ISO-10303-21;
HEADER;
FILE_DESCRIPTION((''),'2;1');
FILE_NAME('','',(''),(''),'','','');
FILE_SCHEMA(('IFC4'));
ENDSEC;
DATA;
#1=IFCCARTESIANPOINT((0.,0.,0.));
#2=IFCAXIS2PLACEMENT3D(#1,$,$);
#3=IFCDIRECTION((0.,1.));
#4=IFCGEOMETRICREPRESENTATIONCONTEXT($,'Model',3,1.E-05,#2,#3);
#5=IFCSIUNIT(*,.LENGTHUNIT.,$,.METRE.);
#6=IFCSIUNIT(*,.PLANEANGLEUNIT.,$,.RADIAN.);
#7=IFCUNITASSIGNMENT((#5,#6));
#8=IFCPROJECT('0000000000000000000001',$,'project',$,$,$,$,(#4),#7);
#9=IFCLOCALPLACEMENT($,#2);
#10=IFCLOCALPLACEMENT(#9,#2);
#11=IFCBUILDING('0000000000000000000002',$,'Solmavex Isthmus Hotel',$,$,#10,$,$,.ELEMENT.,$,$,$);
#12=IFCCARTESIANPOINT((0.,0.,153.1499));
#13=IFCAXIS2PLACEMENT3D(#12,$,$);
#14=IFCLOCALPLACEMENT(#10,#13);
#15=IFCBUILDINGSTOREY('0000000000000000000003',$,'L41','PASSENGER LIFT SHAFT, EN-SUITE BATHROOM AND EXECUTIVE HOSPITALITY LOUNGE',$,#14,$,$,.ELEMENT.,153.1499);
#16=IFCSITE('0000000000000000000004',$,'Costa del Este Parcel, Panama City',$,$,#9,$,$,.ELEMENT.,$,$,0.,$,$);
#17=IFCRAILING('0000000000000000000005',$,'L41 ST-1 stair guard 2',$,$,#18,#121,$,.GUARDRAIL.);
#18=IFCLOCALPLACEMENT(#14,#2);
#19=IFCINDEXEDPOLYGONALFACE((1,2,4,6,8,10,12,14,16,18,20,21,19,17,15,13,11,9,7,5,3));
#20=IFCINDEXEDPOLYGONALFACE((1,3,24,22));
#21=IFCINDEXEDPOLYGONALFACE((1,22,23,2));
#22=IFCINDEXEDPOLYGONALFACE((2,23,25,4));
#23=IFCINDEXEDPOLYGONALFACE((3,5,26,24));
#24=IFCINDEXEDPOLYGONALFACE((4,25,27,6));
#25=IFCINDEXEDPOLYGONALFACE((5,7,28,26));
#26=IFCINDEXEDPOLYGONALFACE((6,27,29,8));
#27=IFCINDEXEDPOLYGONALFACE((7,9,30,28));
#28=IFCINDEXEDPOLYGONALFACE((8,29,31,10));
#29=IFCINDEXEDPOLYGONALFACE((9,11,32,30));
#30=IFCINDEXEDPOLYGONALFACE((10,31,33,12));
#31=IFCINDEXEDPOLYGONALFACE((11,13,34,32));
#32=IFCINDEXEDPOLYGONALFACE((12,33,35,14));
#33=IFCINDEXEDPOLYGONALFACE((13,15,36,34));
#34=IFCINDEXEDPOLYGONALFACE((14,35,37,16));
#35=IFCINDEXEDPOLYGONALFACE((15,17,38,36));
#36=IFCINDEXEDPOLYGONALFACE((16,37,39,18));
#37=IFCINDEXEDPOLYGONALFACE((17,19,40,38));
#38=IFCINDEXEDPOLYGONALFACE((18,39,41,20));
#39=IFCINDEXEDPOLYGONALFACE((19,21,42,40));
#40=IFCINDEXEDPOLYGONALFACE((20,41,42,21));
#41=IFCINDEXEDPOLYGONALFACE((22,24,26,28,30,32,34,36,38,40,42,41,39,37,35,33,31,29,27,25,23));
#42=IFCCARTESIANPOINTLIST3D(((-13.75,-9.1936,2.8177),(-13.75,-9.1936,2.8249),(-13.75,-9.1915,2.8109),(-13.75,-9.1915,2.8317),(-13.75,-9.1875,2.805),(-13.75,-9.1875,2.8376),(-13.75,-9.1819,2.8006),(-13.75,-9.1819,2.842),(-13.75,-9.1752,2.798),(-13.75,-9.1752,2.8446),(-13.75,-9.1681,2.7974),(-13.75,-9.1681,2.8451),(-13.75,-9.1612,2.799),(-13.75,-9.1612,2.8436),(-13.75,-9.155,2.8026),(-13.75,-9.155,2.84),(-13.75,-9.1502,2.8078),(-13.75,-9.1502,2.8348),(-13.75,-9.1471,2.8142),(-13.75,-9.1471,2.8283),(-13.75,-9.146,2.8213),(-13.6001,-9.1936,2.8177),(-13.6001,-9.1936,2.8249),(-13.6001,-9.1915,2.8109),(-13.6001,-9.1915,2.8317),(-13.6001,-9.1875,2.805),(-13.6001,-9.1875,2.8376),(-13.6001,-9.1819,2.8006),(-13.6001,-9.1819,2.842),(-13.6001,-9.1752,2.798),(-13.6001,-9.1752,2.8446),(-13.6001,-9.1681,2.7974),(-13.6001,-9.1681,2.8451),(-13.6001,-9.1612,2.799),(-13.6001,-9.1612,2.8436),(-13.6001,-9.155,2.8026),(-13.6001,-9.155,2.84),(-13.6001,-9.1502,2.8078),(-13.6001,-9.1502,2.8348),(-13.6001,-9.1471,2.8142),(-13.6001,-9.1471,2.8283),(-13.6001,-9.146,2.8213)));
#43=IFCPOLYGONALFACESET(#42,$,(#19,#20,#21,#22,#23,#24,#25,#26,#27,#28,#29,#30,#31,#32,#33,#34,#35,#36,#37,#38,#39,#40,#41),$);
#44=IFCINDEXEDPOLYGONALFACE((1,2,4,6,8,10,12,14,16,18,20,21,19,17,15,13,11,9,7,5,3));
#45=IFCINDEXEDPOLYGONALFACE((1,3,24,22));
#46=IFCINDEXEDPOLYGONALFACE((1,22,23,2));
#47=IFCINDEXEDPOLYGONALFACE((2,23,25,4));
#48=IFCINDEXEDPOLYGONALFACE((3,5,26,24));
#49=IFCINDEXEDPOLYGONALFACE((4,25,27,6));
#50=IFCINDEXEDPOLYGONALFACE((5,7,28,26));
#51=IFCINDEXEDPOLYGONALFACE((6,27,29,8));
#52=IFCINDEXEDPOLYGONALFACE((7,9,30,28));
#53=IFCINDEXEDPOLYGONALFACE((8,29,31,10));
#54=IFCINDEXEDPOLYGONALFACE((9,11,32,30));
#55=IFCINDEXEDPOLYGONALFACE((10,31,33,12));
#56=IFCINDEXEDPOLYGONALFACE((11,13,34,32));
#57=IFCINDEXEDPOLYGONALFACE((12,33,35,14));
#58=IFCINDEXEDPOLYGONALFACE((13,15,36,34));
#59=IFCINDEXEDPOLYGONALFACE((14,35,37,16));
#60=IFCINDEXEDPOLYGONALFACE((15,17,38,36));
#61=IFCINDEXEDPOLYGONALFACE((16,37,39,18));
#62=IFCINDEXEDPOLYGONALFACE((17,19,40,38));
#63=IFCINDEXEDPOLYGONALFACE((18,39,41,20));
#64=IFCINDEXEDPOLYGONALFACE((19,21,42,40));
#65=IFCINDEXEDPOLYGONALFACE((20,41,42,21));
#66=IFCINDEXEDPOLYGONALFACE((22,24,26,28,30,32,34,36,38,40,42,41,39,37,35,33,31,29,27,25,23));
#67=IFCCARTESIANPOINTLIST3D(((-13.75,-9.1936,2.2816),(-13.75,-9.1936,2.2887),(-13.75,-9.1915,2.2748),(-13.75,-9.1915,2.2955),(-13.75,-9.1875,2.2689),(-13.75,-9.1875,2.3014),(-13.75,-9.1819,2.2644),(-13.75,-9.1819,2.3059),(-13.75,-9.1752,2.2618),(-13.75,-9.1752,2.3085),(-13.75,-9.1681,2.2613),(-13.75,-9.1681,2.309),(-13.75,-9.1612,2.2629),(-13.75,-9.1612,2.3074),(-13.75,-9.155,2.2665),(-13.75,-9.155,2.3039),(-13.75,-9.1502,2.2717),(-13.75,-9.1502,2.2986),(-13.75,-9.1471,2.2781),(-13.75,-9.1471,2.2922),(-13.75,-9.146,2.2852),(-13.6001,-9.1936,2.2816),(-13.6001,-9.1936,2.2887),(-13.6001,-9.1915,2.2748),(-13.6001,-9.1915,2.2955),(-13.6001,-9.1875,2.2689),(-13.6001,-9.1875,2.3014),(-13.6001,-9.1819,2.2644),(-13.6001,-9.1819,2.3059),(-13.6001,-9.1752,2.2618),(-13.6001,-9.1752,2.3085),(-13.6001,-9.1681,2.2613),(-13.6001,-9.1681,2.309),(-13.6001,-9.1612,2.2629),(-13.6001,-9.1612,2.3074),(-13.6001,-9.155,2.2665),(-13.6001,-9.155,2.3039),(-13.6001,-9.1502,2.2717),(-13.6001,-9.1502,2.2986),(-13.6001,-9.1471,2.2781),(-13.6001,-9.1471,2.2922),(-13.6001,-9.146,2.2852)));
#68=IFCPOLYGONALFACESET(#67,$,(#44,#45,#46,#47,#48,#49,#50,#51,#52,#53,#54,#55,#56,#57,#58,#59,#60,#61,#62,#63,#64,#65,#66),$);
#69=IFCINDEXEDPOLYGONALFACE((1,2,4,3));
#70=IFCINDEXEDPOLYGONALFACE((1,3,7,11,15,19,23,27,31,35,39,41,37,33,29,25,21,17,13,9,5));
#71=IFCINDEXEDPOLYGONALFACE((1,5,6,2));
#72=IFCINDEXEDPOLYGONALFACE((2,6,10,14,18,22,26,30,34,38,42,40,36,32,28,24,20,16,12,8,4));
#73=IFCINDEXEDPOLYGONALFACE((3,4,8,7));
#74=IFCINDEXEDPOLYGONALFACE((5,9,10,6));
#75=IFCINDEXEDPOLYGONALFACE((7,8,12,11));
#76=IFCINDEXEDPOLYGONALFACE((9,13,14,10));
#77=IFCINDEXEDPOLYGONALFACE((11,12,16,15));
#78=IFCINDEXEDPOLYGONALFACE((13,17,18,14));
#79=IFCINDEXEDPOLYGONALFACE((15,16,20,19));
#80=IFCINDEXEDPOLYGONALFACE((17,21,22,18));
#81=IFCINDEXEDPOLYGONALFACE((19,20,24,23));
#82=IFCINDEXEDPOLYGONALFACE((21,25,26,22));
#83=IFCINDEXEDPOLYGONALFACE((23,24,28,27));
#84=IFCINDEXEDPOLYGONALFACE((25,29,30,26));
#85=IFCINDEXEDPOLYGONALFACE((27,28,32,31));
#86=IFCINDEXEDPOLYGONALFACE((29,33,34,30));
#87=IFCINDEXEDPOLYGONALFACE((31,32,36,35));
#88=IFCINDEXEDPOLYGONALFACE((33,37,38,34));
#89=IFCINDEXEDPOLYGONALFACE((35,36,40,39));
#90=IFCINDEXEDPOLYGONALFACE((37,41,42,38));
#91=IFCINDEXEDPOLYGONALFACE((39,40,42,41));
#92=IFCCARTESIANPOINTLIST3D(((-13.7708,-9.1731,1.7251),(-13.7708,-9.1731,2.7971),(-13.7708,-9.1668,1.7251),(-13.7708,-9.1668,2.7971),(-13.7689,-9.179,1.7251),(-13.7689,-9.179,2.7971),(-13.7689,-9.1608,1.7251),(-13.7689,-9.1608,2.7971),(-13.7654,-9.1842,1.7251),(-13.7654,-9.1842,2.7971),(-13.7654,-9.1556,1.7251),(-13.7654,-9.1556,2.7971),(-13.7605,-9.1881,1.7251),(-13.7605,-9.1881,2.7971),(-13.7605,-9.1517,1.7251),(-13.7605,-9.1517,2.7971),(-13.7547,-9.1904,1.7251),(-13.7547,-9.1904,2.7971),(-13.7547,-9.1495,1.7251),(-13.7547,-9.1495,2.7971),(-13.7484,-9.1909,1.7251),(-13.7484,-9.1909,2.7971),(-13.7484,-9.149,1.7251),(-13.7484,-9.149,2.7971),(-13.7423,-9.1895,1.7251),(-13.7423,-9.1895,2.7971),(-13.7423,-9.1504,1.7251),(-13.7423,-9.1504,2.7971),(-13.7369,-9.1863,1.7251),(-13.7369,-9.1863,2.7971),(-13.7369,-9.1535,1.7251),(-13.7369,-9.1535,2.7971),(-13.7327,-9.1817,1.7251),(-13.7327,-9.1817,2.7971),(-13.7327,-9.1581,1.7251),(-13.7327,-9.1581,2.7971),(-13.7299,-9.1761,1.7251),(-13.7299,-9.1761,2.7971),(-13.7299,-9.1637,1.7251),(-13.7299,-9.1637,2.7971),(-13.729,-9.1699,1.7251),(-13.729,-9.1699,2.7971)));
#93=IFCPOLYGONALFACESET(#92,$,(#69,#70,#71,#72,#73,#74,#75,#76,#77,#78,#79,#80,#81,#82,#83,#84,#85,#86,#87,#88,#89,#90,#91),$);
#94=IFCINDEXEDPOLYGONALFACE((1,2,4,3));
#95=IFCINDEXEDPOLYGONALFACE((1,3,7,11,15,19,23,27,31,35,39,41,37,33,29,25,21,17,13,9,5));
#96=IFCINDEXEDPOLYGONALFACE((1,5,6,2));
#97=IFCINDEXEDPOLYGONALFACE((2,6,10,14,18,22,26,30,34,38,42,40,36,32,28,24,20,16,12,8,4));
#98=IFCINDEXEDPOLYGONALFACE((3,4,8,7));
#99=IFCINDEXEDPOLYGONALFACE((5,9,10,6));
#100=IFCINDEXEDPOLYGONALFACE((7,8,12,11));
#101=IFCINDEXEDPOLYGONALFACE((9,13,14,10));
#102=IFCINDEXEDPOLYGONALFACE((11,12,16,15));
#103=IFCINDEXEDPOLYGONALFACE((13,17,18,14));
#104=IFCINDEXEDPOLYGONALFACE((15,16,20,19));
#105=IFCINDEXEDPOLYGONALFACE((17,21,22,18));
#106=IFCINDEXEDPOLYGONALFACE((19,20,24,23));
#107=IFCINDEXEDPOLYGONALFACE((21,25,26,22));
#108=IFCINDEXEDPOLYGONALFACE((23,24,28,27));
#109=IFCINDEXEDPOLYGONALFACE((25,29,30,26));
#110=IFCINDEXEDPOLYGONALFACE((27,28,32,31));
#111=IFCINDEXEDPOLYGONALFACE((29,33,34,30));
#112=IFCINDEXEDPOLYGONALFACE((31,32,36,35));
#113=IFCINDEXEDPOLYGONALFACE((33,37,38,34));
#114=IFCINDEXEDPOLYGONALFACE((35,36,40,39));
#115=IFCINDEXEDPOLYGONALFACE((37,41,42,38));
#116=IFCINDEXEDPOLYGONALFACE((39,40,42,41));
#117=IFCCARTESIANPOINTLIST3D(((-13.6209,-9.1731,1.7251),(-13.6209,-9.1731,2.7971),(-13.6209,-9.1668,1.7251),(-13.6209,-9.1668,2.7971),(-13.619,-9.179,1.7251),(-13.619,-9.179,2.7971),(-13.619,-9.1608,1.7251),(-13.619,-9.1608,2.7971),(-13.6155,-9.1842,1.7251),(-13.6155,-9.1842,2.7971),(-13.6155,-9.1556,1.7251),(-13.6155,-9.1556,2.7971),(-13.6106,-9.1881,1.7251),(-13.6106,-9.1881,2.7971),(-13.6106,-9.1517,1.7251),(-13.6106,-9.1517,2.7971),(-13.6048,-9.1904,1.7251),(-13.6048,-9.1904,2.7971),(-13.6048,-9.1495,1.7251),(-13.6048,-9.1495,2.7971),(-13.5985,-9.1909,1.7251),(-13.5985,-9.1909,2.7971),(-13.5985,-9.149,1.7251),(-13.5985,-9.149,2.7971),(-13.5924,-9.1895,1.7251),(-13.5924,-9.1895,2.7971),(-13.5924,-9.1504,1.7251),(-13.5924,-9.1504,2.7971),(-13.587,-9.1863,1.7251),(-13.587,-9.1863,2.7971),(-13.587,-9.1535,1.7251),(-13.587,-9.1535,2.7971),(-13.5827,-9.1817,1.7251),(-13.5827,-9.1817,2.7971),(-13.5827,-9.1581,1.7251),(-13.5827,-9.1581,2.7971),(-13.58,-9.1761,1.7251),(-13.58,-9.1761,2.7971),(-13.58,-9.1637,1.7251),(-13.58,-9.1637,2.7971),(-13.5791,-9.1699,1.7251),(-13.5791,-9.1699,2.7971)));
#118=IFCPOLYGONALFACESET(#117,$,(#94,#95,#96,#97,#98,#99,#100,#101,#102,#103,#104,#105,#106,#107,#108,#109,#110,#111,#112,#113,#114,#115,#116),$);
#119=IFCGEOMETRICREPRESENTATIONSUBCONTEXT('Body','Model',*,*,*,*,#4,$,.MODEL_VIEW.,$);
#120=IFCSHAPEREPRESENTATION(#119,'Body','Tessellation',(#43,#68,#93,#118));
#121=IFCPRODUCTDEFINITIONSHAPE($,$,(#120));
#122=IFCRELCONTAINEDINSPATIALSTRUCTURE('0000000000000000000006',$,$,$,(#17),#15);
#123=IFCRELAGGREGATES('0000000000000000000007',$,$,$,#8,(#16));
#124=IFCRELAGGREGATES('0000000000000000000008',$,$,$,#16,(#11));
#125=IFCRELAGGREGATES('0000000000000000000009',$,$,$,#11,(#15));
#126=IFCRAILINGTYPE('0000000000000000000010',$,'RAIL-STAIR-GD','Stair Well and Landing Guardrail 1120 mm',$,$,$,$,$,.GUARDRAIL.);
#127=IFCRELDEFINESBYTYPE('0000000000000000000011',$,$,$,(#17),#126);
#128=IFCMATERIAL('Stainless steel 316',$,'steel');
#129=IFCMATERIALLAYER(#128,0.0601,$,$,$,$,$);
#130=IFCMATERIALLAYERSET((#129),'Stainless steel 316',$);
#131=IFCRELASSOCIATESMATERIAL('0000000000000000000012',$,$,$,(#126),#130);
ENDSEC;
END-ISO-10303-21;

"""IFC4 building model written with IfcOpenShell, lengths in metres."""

from ifc_helpers import new_model, si_unit, direction, frame, origin, origin_2d, place, context, subcontext, project, spatial, circle, extrude, material, layer, layer_set, type_object, element, save


model = new_model("IFC4")

# Units and contexts
model_context = context("Model", 3, precision=1e-05, world=origin(), true_north=direction((0.0, 1.0)))
body_context = subcontext(model_context, "Body", "Model", "MODEL_VIEW")
ifc_project = project(units=[si_unit("LENGTHUNIT", "METRE"), si_unit("PLANEANGLEUNIT", "RADIAN")], contexts=[model_context])

# Site, building, storey
site_placement = place(None, origin())
site = spatial("IfcSite", under=ifc_project, at=site_placement, Name="Costa del Este Parcel, Panama City", CompositionType="ELEMENT", RefElevation=0.0)
building_placement = place(site_placement, origin())
building = spatial("IfcBuilding", under=site, at=building_placement, Name="Solmavex Isthmus Hotel", CompositionType="ELEMENT")
storey_placement = place(building_placement, frame((0.0, 0.0, 153.1499)))
storey = spatial("IfcBuildingStorey", under=building, at=storey_placement, Name="L41", Description="PASSENGER LIFT SHAFT, EN-SUITE BATHROOM AND EXECUTIVE HOSPITALITY LOUNGE", CompositionType="ELEMENT", Elevation=153.1499)

# Shared definitions
ifc_material_1 = material(Name="Stainless steel 316", Category="steel")

# Railing
ifc_layer_1 = layer(ifc_material_1, 0.0601)
ifc_layer_set_1 = layer_set([ifc_layer_1], Name="Stainless steel 316")
railing_type_1 = type_object("IfcRailingType", Name="RAIL-STAIR-GD", Description="Stair Well and Landing Guardrail 1120 mm", PredefinedType="GUARDRAIL", material=ifc_layer_set_1)
railing_1_placement = place(storey_placement, frame((-13.75, -9.1699, 1.7251)))
element("IfcRailing", 1, at=railing_1_placement, inside=storey, type_object=railing_type_1, Name="L41 ST-1 stair guard 2", PredefinedType="GUARDRAIL", context=body_context, shape_type="SweptSolid", body=[
    extrude(circle(Radius=0.0239, at=origin_2d()), frame((0.0, 0.0, 1.0962), z_axis=(1.0, 0.0, 0.0), x_axis=(0.0, 1.0, 0.0)), (0.0, 0.0, 1.0), 0.1499),
    extrude(circle(Radius=0.0239, at=origin_2d()), frame((0.0, 0.0, 0.5601), z_axis=(1.0, 0.0, 0.0), x_axis=(0.0, 1.0, 0.0)), (0.0, 0.0, 1.0), 0.1499),
    extrude(circle(Radius=0.021, at=origin_2d()), origin(), (0.0, 0.0, 1.0), 1.072),
    extrude(circle(Radius=0.021, at=origin_2d()), frame((0.1499, 0.0, 0.0)), (0.0, 0.0, 1.0), 1.072),
])

save(model, "model.ifc")
